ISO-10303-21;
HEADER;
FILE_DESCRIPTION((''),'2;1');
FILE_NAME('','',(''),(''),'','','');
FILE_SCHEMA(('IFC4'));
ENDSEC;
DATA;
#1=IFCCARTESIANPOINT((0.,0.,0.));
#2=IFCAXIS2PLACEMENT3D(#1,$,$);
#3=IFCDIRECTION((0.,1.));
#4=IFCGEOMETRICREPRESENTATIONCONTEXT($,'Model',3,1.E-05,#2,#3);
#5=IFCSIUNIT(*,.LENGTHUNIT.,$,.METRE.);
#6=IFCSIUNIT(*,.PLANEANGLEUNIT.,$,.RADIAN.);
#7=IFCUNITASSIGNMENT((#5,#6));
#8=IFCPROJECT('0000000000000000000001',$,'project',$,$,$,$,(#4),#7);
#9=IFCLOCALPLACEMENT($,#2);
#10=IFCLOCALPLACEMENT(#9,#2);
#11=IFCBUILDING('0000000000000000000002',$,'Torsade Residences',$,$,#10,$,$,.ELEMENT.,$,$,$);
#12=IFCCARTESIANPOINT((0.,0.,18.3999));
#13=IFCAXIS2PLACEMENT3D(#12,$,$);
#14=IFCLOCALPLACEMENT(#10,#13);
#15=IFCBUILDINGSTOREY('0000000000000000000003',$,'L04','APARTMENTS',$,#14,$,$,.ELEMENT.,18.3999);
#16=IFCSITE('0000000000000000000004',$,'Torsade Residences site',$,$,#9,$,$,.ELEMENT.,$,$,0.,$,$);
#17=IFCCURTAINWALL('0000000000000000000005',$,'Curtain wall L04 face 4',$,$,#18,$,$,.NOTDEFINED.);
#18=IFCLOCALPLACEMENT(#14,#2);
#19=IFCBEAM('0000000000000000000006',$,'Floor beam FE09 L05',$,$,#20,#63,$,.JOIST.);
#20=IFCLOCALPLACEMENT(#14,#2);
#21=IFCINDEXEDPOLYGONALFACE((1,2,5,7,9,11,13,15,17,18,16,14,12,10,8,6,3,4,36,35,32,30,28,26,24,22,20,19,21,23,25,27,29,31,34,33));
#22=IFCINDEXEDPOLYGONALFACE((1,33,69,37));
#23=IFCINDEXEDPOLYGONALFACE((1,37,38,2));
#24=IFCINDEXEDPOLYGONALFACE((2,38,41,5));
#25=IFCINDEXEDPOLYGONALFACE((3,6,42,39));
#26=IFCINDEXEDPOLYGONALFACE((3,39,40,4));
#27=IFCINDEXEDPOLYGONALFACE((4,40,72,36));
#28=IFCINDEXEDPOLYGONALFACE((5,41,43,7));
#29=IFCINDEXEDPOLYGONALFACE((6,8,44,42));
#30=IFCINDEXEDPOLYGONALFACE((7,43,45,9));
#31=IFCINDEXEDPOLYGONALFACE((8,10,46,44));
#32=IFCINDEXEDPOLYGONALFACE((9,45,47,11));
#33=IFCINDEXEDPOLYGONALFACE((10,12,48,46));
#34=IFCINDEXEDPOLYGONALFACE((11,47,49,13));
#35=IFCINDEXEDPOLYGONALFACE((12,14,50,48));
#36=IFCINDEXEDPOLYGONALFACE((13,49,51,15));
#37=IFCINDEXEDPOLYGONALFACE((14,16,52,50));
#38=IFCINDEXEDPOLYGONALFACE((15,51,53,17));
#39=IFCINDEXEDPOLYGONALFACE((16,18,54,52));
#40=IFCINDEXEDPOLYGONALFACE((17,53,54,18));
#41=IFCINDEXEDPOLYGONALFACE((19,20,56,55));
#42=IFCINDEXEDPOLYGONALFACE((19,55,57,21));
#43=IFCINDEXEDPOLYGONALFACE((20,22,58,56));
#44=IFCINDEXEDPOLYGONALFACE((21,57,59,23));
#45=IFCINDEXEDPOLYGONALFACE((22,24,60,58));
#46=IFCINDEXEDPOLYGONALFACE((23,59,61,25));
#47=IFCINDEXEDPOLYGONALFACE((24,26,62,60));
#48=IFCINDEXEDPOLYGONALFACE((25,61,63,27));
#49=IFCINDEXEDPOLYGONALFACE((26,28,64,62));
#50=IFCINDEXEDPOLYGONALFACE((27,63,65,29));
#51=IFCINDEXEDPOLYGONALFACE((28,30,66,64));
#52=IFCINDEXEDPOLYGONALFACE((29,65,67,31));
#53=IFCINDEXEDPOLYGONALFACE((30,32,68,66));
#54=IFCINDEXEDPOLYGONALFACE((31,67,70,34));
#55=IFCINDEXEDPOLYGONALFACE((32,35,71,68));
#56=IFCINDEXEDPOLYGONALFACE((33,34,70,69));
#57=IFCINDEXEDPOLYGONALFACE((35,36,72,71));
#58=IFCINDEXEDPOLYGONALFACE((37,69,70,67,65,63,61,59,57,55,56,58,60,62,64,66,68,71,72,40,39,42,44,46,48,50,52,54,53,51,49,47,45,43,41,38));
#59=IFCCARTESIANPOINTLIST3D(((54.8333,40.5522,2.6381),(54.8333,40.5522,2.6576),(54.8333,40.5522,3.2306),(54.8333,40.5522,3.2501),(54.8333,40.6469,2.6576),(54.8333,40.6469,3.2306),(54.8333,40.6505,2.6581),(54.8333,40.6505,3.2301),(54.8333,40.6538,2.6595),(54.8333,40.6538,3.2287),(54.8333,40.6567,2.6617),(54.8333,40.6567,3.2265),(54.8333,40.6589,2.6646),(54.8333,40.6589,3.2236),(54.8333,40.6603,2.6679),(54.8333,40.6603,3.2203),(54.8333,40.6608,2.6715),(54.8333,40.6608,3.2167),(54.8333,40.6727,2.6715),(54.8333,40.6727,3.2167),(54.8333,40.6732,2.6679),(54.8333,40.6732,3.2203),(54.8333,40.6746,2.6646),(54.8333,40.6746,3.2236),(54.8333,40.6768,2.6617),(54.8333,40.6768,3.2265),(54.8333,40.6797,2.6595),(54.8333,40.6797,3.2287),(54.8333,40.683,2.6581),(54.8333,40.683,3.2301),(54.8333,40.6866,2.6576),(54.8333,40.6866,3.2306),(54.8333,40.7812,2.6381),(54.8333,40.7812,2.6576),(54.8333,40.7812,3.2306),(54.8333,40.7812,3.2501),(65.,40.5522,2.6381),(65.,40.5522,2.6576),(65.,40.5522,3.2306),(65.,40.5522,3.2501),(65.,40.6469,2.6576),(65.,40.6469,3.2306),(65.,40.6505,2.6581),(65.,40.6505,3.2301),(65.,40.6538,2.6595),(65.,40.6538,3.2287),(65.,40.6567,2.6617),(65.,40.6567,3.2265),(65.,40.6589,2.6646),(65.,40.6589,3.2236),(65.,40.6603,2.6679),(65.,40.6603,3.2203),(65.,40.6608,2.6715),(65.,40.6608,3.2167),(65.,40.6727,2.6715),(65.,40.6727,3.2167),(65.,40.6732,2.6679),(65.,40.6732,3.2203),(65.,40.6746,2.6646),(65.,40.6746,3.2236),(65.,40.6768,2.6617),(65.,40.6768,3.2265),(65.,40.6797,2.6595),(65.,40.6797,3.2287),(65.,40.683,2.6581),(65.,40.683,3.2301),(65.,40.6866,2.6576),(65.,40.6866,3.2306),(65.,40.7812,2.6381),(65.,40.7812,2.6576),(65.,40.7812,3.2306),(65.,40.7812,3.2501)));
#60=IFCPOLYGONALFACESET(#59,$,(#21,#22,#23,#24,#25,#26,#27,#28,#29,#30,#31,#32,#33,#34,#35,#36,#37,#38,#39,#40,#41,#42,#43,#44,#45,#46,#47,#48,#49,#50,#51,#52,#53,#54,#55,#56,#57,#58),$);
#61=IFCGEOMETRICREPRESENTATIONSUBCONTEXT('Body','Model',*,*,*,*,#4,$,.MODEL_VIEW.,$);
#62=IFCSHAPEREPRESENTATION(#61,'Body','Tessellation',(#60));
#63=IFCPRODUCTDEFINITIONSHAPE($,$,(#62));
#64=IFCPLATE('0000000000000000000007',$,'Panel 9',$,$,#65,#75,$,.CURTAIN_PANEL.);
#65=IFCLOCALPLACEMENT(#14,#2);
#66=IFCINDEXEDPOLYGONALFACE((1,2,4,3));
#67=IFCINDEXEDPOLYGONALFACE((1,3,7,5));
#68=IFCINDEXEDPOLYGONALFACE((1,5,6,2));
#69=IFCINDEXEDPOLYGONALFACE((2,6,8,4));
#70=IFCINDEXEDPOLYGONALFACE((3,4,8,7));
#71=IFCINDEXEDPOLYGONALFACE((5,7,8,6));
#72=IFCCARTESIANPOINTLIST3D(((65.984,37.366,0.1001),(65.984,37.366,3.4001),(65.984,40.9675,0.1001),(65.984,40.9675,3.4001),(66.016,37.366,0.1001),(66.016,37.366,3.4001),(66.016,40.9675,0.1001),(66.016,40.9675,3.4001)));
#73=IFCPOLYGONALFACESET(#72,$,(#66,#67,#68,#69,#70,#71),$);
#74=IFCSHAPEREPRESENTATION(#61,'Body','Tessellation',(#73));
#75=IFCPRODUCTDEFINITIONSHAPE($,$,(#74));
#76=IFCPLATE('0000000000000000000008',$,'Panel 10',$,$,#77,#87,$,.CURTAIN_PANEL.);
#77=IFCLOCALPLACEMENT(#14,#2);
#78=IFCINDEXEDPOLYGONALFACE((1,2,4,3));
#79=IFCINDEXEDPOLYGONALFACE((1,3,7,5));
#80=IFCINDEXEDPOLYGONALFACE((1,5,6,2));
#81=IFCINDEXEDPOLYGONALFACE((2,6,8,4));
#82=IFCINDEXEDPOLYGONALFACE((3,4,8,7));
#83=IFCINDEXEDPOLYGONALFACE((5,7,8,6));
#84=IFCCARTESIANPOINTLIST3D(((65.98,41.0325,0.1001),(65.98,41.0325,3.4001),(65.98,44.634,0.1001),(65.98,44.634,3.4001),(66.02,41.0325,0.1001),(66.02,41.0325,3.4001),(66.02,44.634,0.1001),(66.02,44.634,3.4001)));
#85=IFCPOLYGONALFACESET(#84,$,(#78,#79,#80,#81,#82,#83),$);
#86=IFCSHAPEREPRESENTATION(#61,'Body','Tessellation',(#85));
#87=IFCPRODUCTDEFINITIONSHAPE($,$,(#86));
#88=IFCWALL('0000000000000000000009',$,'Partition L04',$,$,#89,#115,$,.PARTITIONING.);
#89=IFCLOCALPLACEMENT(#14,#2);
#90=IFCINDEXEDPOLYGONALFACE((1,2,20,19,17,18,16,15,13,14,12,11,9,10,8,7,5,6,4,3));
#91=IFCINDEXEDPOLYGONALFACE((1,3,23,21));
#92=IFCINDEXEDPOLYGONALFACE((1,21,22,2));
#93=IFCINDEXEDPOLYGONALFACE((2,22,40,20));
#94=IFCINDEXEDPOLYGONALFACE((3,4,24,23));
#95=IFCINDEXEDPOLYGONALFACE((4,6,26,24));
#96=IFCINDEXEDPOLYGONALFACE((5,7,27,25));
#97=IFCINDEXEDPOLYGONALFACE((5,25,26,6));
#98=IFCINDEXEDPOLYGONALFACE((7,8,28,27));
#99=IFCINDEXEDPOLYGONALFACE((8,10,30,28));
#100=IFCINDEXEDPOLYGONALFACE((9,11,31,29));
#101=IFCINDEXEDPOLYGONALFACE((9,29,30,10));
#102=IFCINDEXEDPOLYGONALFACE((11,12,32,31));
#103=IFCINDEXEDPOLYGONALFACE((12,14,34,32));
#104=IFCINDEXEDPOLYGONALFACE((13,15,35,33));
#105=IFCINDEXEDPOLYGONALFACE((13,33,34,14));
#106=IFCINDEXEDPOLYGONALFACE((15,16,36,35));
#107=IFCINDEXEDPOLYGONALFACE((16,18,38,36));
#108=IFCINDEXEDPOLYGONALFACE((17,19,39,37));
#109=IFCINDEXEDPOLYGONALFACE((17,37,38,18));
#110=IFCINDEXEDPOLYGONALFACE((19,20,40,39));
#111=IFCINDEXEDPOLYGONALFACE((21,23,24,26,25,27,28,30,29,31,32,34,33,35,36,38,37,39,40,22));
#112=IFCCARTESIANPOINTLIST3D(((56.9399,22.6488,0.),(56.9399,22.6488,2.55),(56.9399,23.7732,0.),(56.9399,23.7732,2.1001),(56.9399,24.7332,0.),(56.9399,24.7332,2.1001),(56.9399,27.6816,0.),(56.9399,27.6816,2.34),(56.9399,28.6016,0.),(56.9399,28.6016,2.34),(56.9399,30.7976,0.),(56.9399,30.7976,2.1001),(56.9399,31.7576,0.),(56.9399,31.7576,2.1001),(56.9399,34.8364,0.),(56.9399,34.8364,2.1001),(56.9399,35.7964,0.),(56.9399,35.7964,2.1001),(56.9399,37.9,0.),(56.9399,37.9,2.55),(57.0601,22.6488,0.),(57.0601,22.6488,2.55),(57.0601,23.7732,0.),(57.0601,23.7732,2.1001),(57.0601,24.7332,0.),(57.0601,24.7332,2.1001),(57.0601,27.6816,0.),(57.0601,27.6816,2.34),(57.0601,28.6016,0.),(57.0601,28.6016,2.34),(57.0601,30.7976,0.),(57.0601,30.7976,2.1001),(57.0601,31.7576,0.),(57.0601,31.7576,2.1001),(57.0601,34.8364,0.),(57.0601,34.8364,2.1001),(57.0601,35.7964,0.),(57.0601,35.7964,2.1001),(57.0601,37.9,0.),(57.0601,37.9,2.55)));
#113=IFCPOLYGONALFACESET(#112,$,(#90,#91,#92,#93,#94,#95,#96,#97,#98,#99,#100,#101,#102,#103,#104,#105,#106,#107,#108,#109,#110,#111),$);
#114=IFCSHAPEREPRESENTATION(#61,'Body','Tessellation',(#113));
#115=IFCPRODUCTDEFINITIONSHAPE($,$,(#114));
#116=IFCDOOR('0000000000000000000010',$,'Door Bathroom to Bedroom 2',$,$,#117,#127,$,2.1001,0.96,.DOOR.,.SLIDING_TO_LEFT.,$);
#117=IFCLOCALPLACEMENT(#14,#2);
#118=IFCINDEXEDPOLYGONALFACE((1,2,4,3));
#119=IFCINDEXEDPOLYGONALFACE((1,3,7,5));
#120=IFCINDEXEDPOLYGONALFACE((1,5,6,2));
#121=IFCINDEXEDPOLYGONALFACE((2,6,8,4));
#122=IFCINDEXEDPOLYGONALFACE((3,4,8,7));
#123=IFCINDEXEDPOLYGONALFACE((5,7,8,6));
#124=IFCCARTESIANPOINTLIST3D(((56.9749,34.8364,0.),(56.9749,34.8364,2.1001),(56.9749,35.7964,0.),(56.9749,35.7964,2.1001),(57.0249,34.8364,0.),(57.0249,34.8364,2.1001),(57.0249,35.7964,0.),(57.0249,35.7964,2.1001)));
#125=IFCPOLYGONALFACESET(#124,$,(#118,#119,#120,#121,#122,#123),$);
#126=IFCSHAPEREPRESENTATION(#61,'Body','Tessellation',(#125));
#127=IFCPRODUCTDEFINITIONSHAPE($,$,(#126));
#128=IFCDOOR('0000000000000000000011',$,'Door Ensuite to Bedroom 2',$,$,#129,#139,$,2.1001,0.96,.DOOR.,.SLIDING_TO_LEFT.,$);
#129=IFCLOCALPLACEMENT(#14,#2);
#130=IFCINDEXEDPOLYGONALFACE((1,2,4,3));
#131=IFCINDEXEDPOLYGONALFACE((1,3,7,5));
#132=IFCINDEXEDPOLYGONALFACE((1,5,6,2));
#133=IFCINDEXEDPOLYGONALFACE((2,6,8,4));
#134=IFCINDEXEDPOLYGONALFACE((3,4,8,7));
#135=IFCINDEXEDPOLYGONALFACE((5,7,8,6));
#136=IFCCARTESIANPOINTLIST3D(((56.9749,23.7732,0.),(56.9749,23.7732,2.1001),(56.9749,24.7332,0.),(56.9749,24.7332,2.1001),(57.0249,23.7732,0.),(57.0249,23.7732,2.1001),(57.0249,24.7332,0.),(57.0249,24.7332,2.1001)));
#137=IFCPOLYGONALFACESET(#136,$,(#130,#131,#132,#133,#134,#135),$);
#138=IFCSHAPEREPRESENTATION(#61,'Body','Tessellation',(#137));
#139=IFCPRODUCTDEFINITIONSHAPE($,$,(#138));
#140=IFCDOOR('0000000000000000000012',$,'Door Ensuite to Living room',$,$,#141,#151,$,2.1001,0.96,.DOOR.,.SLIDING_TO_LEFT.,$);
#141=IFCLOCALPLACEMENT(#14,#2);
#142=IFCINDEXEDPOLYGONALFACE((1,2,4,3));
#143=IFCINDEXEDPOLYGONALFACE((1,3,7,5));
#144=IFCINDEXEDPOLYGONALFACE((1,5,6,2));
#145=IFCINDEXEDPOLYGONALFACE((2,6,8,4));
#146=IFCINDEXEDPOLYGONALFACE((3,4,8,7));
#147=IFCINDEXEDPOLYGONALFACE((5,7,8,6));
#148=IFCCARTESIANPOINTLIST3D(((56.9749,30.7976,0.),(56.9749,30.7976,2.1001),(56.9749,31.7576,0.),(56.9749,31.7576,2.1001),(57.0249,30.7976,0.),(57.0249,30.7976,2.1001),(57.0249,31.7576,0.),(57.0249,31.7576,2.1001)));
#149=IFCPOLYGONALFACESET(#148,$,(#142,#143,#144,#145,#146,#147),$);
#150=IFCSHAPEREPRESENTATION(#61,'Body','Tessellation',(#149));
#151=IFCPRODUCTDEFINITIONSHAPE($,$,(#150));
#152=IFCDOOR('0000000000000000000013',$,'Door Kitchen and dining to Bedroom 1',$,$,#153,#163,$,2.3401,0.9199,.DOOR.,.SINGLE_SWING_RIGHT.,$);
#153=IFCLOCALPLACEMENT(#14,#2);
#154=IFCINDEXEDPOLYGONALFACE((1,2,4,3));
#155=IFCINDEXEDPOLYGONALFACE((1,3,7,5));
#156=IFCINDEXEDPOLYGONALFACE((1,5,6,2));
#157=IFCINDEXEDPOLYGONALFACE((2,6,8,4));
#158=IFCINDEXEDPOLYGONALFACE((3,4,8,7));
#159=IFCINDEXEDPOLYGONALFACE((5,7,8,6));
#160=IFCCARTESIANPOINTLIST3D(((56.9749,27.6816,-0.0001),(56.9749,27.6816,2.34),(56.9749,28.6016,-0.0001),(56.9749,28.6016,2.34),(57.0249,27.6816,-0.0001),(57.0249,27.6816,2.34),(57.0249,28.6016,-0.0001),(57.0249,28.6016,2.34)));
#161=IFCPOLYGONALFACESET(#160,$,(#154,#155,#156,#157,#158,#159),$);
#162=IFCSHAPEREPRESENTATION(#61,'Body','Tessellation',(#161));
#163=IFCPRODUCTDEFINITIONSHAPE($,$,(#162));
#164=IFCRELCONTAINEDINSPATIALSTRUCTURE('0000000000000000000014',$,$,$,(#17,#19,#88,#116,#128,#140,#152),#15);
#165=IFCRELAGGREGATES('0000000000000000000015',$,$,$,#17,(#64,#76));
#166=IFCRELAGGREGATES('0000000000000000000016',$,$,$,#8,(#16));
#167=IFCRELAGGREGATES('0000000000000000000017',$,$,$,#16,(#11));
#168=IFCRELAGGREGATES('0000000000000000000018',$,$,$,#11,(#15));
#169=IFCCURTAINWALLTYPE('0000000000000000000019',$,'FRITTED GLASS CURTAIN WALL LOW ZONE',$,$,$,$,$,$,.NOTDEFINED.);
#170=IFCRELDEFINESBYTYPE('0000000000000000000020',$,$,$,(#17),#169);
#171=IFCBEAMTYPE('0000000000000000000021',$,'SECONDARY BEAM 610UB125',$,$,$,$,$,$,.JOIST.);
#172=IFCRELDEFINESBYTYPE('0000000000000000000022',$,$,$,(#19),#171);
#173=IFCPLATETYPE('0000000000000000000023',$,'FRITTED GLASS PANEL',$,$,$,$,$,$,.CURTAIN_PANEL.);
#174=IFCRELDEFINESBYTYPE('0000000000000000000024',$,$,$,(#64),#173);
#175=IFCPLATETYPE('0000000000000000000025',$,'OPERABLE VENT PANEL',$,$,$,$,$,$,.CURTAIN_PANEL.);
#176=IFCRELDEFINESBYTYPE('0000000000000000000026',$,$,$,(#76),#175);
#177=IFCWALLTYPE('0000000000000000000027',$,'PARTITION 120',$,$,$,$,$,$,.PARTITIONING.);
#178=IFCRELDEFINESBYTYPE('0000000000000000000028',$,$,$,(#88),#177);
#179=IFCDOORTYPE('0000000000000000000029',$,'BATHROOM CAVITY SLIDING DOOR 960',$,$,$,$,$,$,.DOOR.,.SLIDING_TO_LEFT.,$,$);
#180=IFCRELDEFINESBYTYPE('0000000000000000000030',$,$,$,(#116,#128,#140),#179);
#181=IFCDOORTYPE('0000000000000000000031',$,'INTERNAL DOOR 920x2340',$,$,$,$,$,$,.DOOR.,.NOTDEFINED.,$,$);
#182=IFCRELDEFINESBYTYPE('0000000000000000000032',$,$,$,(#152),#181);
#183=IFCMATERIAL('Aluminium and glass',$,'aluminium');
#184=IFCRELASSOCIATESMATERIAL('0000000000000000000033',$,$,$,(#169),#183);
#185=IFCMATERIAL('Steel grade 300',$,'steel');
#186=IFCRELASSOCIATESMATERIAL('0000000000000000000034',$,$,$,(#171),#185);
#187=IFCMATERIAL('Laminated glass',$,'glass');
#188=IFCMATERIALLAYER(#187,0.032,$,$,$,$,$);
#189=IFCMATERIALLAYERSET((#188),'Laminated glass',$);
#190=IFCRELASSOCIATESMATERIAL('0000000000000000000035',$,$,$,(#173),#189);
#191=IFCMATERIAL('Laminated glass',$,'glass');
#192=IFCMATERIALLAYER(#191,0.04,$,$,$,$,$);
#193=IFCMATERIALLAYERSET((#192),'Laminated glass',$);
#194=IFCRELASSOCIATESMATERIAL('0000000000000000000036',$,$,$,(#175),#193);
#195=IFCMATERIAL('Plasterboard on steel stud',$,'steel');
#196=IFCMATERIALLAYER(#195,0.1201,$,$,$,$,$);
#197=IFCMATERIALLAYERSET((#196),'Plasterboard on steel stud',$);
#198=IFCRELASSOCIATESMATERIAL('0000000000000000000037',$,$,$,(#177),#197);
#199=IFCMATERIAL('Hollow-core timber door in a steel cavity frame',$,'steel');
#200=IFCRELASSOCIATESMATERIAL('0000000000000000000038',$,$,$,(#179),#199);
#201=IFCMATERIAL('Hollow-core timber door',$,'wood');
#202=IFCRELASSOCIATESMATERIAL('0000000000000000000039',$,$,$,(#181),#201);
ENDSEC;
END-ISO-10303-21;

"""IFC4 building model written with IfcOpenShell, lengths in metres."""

from ifc_helpers import new_model, si_unit, direction, frame, frame_2d, origin, origin_2d, place, context, subcontext, project, spatial, rectangle, i_section, extrude, material, layer, layer_set, material_profile, profile_set, type_object, element, fill, aggregate, save


model = new_model("IFC4")

# Units and contexts
model_context = context("Model", 3, precision=1e-05, world=origin(), true_north=direction((0.0, 1.0)))
body_context = subcontext(model_context, "Body", "Model", "MODEL_VIEW")
ifc_project = project(units=[si_unit("LENGTHUNIT", "METRE"), si_unit("PLANEANGLEUNIT", "RADIAN")], contexts=[model_context])

# Site, building, storey
site_placement = place(None, origin())
site = spatial("IfcSite", under=ifc_project, at=site_placement, Name="Torsade Residences site", CompositionType="ELEMENT", RefElevation=0.0)
building_placement = place(site_placement, origin())
building = spatial("IfcBuilding", under=site, at=building_placement, Name="Torsade Residences", CompositionType="ELEMENT")
storey_placement = place(building_placement, frame((0.0, 0.0, 18.3999)))
storey = spatial("IfcBuildingStorey", under=building, at=storey_placement, Name="L04", Description="APARTMENTS", CompositionType="ELEMENT", Elevation=18.3999)

# Curtain wall
ifc_material_1 = material(Name="Aluminium and glass", Category="aluminium")
curtain_wall_type = type_object("IfcCurtainWallType", Name="FRITTED GLASS CURTAIN WALL LOW ZONE", PredefinedType="NOTDEFINED", material=ifc_material_1)
curtain_wall_placement = place(storey_placement, origin())
curtain_wall = element("IfcCurtainWall", 1, at=curtain_wall_placement, inside=storey, type_object=curtain_wall_type, Name="Curtain wall L04 face 4", PredefinedType="NOTDEFINED")

# Beam
ifc_material_2 = material(Name="Steel grade 300", Category="steel")
ifc_material_profile_1 = material_profile(ifc_material_2, i_section(OverallWidth=0.229, OverallDepth=0.6121, WebThickness=0.012, FlangeThickness=0.0195, FilletRadius=0.0139, at=origin_2d()), Name="610UB125")
ifc_profile_set_1 = profile_set([ifc_material_profile_1], Name="Steel grade 300")
beam_type_1 = type_object("IfcBeamType", Name="SECONDARY BEAM 610UB125", PredefinedType="JOIST", material=ifc_profile_set_1)
beam_1_placement = place(storey_placement, frame((65.0, 40.6667, 2.9441), z_axis=(-1.0, 0.0, 0.0), x_axis=(0.0, -1.0, 0.0)))
element("IfcBeam", 2, at=beam_1_placement, inside=storey, type_object=beam_type_1, Name="Floor beam FE09 L05", PredefinedType="JOIST", context=body_context, shape_type="SweptSolid", body=[
    extrude(i_section(OverallWidth=0.229, OverallDepth=0.6121, WebThickness=0.012, FlangeThickness=0.0195, FilletRadius=0.0139, at=origin_2d()), origin(), (0.0, 0.0, 1.0), 10.1667),
])

# Plates
ifc_material_3 = material(Name="Laminated glass", Category="glass")
ifc_layer_1 = layer(ifc_material_3, 0.032)
ifc_layer_set_1 = layer_set([ifc_layer_1], Name="Laminated glass")
plate_type_1 = type_object("IfcPlateType", Name="FRITTED GLASS PANEL", PredefinedType="CURTAIN_PANEL", material=ifc_layer_set_1)
plate_1_placement = place(storey_placement, frame((66.0, 39.1667, 0.1001), z_axis=(0.0, 0.0, 1.0), x_axis=(0.0, 1.0, 0.0)))
plate_1 = element("IfcPlate", 3, at=plate_1_placement, type_object=plate_type_1, Name="Panel 9", PredefinedType="CURTAIN_PANEL", context=body_context, shape_type="SweptSolid", body=[
    extrude(rectangle(XDim=3.6016, YDim=0.032, at=origin_2d()), origin(), (0.0, 0.0, 1.0), 3.3),
])
ifc_material_4 = material(Name="Laminated glass", Category="glass")
ifc_layer_2 = layer(ifc_material_4, 0.04)
ifc_layer_set_2 = layer_set([ifc_layer_2], Name="Laminated glass")
plate_type_2 = type_object("IfcPlateType", Name="OPERABLE VENT PANEL", PredefinedType="CURTAIN_PANEL", material=ifc_layer_set_2)
plate_2_placement = place(storey_placement, frame((66.0, 42.8333, 0.1001), z_axis=(0.0, 0.0, 1.0), x_axis=(0.0, 1.0, 0.0)))
plate_2 = element("IfcPlate", 4, at=plate_2_placement, type_object=plate_type_2, Name="Panel 10", PredefinedType="CURTAIN_PANEL", context=body_context, shape_type="SweptSolid", body=[
    extrude(rectangle(XDim=3.6016, YDim=0.04, at=origin_2d()), origin(), (0.0, 0.0, 1.0), 3.3),
])
aggregate(curtain_wall, [plate_1, plate_2])

# Wall, openings, doors
ifc_material_5 = material(Name="Plasterboard on steel stud", Category="steel")
ifc_layer_3 = layer(ifc_material_5, 0.1201)
ifc_layer_set_3 = layer_set([ifc_layer_3], Name="Plasterboard on steel stud")
wall_type_1 = type_object("IfcWallType", Name="PARTITION 120", PredefinedType="PARTITIONING", material=ifc_layer_set_3)
wall_1_placement = place(storey_placement, frame((57.0, 37.8999, 0.0), z_axis=(0.0, 0.0, 1.0), x_axis=(0.0, -1.0, 0.0)))
wall_1 = element("IfcWall", 5, at=wall_1_placement, inside=storey, type_object=wall_type_1, Name="Partition L04", PredefinedType="PARTITIONING", context=body_context, shape_type="SweptSolid", body=[
    extrude(rectangle(XDim=15.2512, YDim=0.1201, at=frame_2d((7.6255, 0.0))), origin(), (0.0, 0.0, 1.0), 2.55),
])
opening_1_placement = place(wall_1_placement, frame((9.2983, 0.0, 0.0)))
opening_1 = element("IfcOpeningElement", 6, at=opening_1_placement, cuts=wall_1, PredefinedType="OPENING", context=body_context, shape_type="SweptSolid", body=[
    extrude(rectangle(XDim=0.9199, YDim=2.3401, at=frame_2d((0.46, 1.1699))), frame((0.0, 0.0701, 0.0), z_axis=(0.0, -1.0, 0.0), x_axis=(1.0, 0.0, 0.0)), (0.0, 0.0, 1.0), 0.1401),
])
opening_2_placement = place(wall_1_placement, frame((2.1035, 0.0, 0.0)))
opening_2 = element("IfcOpeningElement", 7, at=opening_2_placement, cuts=wall_1, PredefinedType="OPENING", context=body_context, shape_type="SweptSolid", body=[
    extrude(rectangle(XDim=0.96, YDim=2.1001, at=frame_2d((0.48, 1.05))), frame((0.0, 0.0701, 0.0), z_axis=(0.0, -1.0, 0.0), x_axis=(1.0, 0.0, 0.0)), (0.0, 0.0, 1.0), 0.1401),
])
opening_3_placement = place(wall_1_placement, frame((13.1667, 0.0, 0.0)))
opening_3 = element("IfcOpeningElement", 8, at=opening_3_placement, cuts=wall_1, PredefinedType="OPENING", context=body_context, shape_type="SweptSolid", body=[
    extrude(rectangle(XDim=0.96, YDim=2.1001, at=frame_2d((0.48, 1.05))), frame((0.0, 0.0701, 0.0), z_axis=(0.0, -1.0, 0.0), x_axis=(1.0, 0.0, 0.0)), (0.0, 0.0, 1.0), 0.1401),
])
opening_4_placement = place(wall_1_placement, frame((6.1423, 0.0, 0.0)))
opening_4 = element("IfcOpeningElement", 9, at=opening_4_placement, cuts=wall_1, PredefinedType="OPENING", context=body_context, shape_type="SweptSolid", body=[
    extrude(rectangle(XDim=0.96, YDim=2.1001, at=frame_2d((0.48, 1.05))), frame((0.0, 0.0701, 0.0), z_axis=(0.0, -1.0, 0.0), x_axis=(1.0, 0.0, 0.0)), (0.0, 0.0, 1.0), 0.1401),
])
ifc_material_6 = material(Name="Hollow-core timber door in a steel cavity frame", Category="steel")
door_type_1 = type_object("IfcDoorType", Name="BATHROOM CAVITY SLIDING DOOR 960", OperationType="SLIDING_TO_LEFT", PredefinedType="DOOR", material=ifc_material_6)
door_1_placement = place(opening_2_placement, origin())
door_1 = element("IfcDoor", 10, at=door_1_placement, inside=storey, type_object=door_type_1, Name="Door Bathroom to Bedroom 2", OperationType="SLIDING_TO_LEFT", OverallHeight=2.1001, OverallWidth=0.96, PredefinedType="DOOR", context=body_context, shape_type="SweptSolid", body=[
    extrude(rectangle(XDim=0.96, YDim=2.1001, at=frame_2d((0.48, 1.05))), frame((0.0, 0.0249, 0.0), z_axis=(0.0, -1.0, 0.0), x_axis=(1.0, 0.0, 0.0)), (0.0, 0.0, 1.0), 0.05),
])
fill(opening_2, door_1)
door_2_placement = place(opening_3_placement, origin())
door_2 = element("IfcDoor", 11, at=door_2_placement, inside=storey, type_object=door_type_1, Name="Door Ensuite to Bedroom 2", OperationType="SLIDING_TO_LEFT", OverallHeight=2.1001, OverallWidth=0.96, PredefinedType="DOOR", context=body_context, shape_type="SweptSolid", body=[
    extrude(rectangle(XDim=0.96, YDim=2.1001, at=frame_2d((0.48, 1.05))), frame((0.0, 0.0249, 0.0), z_axis=(0.0, -1.0, 0.0), x_axis=(1.0, 0.0, 0.0)), (0.0, 0.0, 1.0), 0.05),
])
fill(opening_3, door_2)
door_3_placement = place(opening_4_placement, origin())
door_3 = element("IfcDoor", 12, at=door_3_placement, inside=storey, type_object=door_type_1, Name="Door Ensuite to Living room", OperationType="SLIDING_TO_LEFT", OverallHeight=2.1001, OverallWidth=0.96, PredefinedType="DOOR", context=body_context, shape_type="SweptSolid", body=[
    extrude(rectangle(XDim=0.96, YDim=2.1001, at=frame_2d((0.48, 1.05))), frame((0.0, 0.0249, 0.0), z_axis=(0.0, -1.0, 0.0), x_axis=(1.0, 0.0, 0.0)), (0.0, 0.0, 1.0), 0.05),
])
fill(opening_4, door_3)
ifc_material_7 = material(Name="Hollow-core timber door", Category="wood")
door_type_2 = type_object("IfcDoorType", Name="INTERNAL DOOR 920x2340", OperationType="NOTDEFINED", PredefinedType="DOOR", material=ifc_material_7)
door_4_placement = place(opening_1_placement, origin())
door_4 = element("IfcDoor", 13, at=door_4_placement, inside=storey, type_object=door_type_2, Name="Door Kitchen and dining to Bedroom 1", OperationType="SINGLE_SWING_RIGHT", OverallHeight=2.3401, OverallWidth=0.9199, PredefinedType="DOOR", context=body_context, shape_type="SweptSolid", body=[
    extrude(rectangle(XDim=0.9199, YDim=2.3401, at=frame_2d((0.46, 1.1699))), frame((0.0, 0.0249, 0.0), z_axis=(0.0, -1.0, 0.0), x_axis=(1.0, 0.0, 0.0)), (0.0, 0.0, 1.0), 0.05),
])
fill(opening_1, door_4)

save(model, "model.ifc")
